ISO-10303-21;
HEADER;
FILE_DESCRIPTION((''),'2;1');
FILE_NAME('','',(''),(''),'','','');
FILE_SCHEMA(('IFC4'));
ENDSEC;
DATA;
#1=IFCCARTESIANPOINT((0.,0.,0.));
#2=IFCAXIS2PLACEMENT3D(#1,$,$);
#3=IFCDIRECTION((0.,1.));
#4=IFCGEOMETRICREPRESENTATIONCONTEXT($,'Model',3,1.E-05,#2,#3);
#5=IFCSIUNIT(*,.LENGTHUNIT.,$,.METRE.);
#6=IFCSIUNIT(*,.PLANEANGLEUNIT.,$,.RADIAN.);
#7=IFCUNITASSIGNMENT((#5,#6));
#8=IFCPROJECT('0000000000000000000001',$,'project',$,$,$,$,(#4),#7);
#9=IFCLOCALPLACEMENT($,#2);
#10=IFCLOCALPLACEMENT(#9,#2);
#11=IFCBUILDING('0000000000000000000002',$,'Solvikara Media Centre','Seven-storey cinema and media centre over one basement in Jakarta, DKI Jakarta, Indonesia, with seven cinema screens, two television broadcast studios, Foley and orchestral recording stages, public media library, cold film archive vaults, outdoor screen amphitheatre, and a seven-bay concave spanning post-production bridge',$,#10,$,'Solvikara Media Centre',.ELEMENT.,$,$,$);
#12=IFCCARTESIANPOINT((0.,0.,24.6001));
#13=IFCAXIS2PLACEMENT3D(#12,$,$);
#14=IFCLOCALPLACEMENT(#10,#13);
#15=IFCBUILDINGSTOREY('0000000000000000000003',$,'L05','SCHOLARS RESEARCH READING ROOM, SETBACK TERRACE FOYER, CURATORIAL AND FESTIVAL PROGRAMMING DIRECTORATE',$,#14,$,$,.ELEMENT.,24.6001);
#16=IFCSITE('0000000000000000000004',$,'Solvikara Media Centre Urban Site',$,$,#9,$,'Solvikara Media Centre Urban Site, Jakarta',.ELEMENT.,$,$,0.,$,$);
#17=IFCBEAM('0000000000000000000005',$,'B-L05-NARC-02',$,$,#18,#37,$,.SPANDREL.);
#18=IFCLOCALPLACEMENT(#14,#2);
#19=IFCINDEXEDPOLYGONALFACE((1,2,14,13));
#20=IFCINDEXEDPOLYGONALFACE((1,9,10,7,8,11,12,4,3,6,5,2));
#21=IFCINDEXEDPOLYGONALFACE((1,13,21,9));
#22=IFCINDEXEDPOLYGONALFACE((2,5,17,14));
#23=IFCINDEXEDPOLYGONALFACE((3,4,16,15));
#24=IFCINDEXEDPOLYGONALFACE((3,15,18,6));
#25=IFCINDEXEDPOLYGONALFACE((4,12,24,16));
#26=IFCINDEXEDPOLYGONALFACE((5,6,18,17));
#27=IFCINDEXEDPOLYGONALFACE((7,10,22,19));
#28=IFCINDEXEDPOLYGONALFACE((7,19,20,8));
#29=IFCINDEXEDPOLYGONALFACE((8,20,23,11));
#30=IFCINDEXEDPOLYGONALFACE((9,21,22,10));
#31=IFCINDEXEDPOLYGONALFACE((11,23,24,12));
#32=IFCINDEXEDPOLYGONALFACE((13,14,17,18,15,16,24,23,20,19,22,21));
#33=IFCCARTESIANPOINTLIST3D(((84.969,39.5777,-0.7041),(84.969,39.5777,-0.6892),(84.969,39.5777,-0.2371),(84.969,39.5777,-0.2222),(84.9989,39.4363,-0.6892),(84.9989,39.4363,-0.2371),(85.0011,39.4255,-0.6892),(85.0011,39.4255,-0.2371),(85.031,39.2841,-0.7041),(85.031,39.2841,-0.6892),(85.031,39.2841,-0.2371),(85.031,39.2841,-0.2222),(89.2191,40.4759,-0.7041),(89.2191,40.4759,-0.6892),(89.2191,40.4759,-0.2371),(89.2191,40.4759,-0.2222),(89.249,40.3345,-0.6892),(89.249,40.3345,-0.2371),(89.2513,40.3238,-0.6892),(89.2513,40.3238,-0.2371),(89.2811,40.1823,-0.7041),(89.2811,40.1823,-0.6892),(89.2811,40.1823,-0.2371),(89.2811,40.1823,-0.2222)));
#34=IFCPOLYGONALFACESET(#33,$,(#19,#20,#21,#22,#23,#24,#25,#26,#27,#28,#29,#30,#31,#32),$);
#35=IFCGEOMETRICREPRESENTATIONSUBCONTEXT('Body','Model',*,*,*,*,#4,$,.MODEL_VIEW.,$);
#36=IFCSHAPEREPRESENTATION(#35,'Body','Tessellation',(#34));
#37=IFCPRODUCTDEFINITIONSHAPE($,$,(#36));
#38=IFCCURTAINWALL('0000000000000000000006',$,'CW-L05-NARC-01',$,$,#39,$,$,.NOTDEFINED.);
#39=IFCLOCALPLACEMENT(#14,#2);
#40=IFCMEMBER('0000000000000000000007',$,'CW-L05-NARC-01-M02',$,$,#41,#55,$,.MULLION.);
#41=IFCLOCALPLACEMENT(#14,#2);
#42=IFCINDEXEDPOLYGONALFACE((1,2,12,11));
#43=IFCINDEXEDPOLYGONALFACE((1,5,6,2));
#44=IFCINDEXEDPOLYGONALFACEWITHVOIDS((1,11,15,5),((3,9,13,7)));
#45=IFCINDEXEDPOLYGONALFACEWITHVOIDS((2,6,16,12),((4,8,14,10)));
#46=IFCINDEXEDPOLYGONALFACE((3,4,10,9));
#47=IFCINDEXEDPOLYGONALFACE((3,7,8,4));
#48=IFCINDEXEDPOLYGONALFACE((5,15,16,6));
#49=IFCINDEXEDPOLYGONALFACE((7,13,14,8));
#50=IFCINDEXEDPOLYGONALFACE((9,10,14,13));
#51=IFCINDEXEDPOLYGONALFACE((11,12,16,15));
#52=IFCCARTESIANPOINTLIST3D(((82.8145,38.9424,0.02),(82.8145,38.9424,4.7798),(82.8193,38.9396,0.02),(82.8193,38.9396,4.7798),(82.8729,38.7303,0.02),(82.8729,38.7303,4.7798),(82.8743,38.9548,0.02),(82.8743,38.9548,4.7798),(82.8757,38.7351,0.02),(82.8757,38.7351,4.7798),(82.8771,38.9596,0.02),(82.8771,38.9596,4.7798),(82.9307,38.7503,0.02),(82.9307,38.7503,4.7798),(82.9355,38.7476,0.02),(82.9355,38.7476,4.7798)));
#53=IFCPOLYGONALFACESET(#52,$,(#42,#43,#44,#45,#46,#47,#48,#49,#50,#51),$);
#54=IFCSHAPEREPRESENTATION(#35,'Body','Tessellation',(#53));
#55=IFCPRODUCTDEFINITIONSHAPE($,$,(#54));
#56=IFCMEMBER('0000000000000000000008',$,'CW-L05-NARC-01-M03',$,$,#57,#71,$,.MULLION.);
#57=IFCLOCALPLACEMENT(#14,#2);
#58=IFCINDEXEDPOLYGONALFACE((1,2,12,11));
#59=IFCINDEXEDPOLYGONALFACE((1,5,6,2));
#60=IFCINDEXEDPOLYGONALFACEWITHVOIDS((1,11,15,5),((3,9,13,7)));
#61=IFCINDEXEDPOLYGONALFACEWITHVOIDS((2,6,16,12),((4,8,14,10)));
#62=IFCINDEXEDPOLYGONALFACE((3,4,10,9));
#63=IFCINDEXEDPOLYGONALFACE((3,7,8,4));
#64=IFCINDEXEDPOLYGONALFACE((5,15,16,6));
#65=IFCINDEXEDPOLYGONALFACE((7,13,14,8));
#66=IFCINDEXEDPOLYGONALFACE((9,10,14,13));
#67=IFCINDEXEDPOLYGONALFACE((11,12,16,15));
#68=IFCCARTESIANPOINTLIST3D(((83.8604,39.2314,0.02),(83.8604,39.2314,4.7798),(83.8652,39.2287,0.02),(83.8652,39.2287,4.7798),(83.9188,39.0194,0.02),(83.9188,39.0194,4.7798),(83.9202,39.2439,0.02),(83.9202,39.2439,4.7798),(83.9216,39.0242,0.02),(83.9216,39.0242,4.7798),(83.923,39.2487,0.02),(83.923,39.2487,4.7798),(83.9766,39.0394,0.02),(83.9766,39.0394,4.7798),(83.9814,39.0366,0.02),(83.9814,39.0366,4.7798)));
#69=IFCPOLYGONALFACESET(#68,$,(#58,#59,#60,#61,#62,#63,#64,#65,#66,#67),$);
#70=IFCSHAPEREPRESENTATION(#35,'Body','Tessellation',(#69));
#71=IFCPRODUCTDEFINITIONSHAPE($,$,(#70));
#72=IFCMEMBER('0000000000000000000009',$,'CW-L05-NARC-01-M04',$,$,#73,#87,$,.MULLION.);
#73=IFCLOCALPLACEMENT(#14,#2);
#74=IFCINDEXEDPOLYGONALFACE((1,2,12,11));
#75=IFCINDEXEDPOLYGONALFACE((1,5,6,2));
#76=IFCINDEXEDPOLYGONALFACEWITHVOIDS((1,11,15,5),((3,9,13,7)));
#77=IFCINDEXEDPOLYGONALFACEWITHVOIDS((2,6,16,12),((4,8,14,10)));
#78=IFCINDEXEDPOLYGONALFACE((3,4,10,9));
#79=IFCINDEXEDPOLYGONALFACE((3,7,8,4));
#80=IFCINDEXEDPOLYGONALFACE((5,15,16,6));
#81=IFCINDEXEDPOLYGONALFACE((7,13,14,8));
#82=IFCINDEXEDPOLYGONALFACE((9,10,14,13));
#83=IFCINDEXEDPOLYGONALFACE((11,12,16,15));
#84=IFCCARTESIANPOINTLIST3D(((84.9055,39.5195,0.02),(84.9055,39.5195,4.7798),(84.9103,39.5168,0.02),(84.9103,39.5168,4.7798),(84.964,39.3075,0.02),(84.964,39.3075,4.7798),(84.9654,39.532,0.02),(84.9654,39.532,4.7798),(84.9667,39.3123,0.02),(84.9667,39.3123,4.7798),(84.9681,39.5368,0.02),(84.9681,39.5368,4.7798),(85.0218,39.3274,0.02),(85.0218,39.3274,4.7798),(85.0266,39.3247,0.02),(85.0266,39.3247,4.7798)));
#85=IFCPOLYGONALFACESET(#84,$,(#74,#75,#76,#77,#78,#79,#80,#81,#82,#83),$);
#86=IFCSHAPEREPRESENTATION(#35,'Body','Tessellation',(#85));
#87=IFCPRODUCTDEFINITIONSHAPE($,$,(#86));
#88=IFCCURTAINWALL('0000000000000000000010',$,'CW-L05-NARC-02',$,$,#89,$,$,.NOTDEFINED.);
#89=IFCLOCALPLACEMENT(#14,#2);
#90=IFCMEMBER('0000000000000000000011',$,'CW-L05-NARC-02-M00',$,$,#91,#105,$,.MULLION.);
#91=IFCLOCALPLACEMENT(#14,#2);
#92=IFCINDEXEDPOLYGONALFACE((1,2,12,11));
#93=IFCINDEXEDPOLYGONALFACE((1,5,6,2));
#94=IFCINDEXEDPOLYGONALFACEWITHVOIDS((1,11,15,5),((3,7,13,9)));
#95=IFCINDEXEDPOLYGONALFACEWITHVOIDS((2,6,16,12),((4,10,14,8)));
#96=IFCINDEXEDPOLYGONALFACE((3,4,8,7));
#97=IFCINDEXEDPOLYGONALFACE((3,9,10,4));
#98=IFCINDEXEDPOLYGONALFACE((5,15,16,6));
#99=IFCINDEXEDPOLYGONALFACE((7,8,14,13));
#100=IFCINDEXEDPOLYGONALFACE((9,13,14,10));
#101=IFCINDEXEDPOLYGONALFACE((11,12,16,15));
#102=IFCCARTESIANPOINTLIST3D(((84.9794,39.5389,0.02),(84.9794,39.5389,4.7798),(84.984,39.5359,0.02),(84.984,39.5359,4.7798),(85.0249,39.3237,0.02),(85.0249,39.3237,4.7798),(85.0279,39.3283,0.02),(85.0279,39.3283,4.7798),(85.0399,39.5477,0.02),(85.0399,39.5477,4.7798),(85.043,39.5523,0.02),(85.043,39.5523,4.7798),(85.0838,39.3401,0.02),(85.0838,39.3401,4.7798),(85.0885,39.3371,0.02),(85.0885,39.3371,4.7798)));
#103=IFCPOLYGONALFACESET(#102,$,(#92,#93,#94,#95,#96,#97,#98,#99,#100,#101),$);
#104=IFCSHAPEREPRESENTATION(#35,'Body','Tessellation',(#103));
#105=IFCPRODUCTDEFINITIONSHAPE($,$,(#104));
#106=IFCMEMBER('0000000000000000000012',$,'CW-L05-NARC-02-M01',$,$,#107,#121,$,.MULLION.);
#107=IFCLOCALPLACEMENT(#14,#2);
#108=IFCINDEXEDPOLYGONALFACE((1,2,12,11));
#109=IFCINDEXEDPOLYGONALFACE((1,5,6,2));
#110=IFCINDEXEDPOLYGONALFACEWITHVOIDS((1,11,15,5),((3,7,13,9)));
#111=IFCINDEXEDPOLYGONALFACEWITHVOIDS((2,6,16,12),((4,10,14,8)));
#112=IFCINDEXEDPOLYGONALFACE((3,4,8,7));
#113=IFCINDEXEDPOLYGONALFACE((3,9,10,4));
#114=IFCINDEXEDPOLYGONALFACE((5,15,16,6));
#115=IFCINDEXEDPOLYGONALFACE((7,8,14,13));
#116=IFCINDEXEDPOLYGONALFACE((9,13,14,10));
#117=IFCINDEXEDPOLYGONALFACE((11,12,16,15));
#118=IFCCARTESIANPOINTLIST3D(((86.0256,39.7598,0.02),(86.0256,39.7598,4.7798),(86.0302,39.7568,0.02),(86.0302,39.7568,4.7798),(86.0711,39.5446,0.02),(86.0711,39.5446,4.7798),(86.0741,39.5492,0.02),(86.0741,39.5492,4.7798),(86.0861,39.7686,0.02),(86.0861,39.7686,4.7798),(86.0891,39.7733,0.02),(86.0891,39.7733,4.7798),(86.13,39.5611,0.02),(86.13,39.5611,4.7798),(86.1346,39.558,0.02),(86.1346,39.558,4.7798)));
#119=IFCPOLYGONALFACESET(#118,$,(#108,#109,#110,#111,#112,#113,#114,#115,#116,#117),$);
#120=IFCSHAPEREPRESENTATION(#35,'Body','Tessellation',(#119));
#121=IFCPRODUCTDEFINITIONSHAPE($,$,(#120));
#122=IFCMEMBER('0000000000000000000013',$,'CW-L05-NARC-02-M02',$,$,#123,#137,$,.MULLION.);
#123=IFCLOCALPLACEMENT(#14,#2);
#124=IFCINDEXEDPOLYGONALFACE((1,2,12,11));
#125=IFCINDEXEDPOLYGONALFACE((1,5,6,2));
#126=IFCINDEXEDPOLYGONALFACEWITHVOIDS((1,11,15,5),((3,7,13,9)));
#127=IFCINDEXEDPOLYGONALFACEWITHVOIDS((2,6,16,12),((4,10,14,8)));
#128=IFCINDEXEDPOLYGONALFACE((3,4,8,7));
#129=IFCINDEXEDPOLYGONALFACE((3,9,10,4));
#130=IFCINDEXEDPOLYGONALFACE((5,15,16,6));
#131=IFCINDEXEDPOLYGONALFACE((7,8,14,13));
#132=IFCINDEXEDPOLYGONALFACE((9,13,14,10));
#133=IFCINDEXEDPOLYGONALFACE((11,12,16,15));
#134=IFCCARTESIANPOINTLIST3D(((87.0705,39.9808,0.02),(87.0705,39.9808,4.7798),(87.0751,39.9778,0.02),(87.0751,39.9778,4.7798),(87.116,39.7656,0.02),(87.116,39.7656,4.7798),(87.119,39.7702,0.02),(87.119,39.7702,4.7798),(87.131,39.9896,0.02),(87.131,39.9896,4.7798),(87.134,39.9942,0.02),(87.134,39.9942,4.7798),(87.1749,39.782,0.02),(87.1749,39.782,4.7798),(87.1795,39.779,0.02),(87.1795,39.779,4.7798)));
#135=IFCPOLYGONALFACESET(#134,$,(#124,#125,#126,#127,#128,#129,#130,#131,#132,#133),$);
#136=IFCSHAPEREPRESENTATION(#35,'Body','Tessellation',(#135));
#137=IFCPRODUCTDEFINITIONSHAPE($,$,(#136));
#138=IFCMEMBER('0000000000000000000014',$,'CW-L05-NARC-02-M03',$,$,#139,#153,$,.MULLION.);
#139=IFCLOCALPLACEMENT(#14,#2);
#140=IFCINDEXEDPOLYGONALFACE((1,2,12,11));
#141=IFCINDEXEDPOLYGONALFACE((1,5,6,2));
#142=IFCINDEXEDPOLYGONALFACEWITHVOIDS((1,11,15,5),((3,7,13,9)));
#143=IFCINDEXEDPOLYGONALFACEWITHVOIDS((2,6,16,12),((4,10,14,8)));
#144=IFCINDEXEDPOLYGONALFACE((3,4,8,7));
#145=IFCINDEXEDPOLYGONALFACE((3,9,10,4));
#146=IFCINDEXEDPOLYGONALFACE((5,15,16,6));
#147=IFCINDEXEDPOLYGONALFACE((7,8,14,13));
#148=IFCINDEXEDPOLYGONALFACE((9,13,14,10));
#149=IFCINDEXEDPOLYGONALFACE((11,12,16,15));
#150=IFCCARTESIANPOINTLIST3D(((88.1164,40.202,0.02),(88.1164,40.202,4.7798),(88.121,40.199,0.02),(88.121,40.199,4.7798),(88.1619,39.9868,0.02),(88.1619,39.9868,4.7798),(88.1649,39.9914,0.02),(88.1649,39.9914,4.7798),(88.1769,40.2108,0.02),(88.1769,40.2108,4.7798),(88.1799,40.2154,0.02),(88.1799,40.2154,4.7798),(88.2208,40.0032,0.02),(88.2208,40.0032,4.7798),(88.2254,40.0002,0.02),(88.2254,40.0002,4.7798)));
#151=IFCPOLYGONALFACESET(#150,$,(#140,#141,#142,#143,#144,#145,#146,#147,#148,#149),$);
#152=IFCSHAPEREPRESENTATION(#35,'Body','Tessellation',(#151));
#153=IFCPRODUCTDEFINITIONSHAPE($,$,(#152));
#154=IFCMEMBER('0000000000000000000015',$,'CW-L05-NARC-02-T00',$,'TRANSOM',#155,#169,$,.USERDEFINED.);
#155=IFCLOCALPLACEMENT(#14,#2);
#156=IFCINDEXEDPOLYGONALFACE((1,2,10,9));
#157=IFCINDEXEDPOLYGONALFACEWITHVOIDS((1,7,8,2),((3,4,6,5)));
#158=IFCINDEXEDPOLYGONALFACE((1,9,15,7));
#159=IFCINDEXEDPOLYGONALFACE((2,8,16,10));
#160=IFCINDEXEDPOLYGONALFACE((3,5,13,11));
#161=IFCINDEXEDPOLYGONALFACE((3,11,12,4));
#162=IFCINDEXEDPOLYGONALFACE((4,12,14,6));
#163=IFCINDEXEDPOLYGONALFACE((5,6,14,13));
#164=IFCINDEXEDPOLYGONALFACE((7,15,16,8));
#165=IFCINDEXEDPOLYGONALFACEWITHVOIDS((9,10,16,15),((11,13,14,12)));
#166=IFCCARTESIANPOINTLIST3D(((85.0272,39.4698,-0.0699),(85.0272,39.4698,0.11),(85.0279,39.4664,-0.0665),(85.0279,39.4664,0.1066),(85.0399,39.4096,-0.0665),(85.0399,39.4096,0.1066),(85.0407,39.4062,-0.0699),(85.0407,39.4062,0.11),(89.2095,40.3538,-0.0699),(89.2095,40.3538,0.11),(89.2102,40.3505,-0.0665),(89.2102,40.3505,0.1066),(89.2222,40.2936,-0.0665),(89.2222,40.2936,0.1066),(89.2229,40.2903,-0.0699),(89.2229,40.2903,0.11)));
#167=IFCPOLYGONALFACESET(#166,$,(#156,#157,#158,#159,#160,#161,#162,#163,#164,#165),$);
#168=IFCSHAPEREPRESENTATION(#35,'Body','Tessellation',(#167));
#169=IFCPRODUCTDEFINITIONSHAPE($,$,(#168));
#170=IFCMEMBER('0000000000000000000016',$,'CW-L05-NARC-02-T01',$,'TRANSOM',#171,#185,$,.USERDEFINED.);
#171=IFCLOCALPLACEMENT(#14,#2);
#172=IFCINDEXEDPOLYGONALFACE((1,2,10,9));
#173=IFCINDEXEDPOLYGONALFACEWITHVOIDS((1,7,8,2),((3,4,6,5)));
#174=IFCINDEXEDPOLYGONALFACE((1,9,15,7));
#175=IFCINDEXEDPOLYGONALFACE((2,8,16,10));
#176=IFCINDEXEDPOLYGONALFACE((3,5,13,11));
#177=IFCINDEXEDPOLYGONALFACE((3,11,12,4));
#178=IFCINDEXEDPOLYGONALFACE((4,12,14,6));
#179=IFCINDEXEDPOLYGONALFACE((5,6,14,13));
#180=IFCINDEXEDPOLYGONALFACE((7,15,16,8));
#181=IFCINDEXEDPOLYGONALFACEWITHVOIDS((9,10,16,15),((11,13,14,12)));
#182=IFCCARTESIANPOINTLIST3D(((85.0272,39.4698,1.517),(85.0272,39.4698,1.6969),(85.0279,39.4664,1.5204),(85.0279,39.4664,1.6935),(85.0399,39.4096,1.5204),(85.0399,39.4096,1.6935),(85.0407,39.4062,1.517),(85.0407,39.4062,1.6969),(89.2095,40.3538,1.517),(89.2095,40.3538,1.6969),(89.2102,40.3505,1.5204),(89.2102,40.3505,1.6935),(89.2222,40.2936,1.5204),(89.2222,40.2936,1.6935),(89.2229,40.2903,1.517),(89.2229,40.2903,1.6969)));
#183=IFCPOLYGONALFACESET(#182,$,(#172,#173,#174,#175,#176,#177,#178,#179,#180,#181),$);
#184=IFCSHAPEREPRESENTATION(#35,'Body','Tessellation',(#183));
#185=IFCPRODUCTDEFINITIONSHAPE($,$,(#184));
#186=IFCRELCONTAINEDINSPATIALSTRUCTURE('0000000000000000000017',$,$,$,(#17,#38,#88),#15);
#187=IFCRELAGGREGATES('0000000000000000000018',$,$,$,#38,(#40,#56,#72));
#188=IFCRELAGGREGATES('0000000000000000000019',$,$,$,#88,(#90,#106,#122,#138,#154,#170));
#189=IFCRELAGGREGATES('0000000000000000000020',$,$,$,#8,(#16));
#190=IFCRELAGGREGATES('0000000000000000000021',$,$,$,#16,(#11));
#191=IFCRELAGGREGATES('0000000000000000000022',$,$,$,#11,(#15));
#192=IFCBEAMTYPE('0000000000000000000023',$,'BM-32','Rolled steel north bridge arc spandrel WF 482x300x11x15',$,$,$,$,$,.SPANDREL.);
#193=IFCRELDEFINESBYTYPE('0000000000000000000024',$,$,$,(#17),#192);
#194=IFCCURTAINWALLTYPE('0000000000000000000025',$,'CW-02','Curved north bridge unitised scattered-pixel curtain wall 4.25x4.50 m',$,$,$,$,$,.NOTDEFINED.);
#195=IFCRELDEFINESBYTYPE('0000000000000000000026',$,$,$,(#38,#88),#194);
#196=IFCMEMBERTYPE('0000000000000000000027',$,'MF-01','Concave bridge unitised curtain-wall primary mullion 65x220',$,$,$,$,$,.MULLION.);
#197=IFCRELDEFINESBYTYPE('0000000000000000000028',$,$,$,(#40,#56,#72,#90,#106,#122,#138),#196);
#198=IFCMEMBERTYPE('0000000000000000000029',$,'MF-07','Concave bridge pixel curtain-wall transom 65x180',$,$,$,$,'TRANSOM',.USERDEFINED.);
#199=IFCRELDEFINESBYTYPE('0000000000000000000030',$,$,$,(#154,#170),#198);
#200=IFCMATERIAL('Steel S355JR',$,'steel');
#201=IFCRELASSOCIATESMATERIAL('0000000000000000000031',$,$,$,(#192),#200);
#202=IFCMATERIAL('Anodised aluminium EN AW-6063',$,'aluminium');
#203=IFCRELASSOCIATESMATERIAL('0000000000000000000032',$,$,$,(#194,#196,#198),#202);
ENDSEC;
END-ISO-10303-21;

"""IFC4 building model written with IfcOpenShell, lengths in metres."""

from ifc_helpers import new_model, si_unit, direction, frame, origin, origin_2d, place, context, subcontext, project, spatial, hollow_rectangle, i_section, extrude, material, material_profile, profile_set, type_object, element, aggregate, save


model = new_model("IFC4")

# Units and contexts
model_context = context("Model", 3, precision=1e-05, world=origin(), true_north=direction((0.0, 1.0)))
body_context = subcontext(model_context, "Body", "Model", "MODEL_VIEW")
ifc_project = project(units=[si_unit("LENGTHUNIT", "METRE"), si_unit("PLANEANGLEUNIT", "RADIAN")], contexts=[model_context])

# Site, building, storey
site_placement = place(None, origin())
site = spatial("IfcSite", under=ifc_project, at=site_placement, Name="Solvikara Media Centre Urban Site", LongName="Solvikara Media Centre Urban Site, Jakarta", CompositionType="ELEMENT", RefElevation=0.0)
building_placement = place(site_placement, origin())
building = spatial("IfcBuilding", under=site, at=building_placement, Name="Solvikara Media Centre", Description="Seven-storey cinema and media centre over one basement in Jakarta, DKI Jakarta, Indonesia, with seven cinema screens, two television broadcast studios, Foley and orchestral recording stages, public media library, cold film archive vaults, outdoor screen amphitheatre, and a seven-bay concave spanning post-production bridge", LongName="Solvikara Media Centre", CompositionType="ELEMENT")
storey_placement = place(building_placement, frame((0.0, 0.0, 24.6001)))
storey = spatial("IfcBuildingStorey", under=building, at=storey_placement, Name="L05", Description="SCHOLARS RESEARCH READING ROOM, SETBACK TERRACE FOYER, CURATORIAL AND FESTIVAL PROGRAMMING DIRECTORATE", CompositionType="ELEMENT", Elevation=24.6001)

# Beam
ifc_material_1 = material(Name="Steel S355JR", Category="steel")
ifc_material_profile_1 = material_profile(ifc_material_1, i_section(OverallWidth=0.3, OverallDepth=0.4819, WebThickness=0.011, FlangeThickness=0.0149, at=origin_2d()), Name="WF 482x300x11x15")
ifc_profile_set_1 = profile_set([ifc_material_profile_1], Name="Steel S355JR")
beam_type = type_object("IfcBeamType", Name="BM-32", Description="Rolled steel north bridge arc spandrel WF 482x300x11x15", PredefinedType="SPANDREL", material=ifc_profile_set_1)
beam_placement = place(storey_placement, frame((85.0, 39.4309, -0.4631), z_axis=(0.978389, 0.206772, 0.0), x_axis=(-0.206772, 0.978389, 0.0)))
element("IfcBeam", 1, at=beam_placement, inside=storey, type_object=beam_type, Name="B-L05-NARC-02", PredefinedType="SPANDREL", context=body_context, shape_type="SweptSolid", body=[
    extrude(i_section(OverallWidth=0.3, OverallDepth=0.4819, WebThickness=0.011, FlangeThickness=0.0149, at=origin_2d()), origin(), (0.0, 0.0, 1.0), 4.344),
])

# Curtain walls, members
ifc_material_2 = material(Name="Anodised aluminium EN AW-6063", Category="aluminium")
curtain_wall_type = type_object("IfcCurtainWallType", Name="CW-02", Description="Curved north bridge unitised scattered-pixel curtain wall 4.25x4.50 m", PredefinedType="NOTDEFINED", material=ifc_material_2)
curtain_wall_1_placement = place(storey_placement, origin())
curtain_wall_1 = element("IfcCurtainWall", 2, at=curtain_wall_1_placement, inside=storey, type_object=curtain_wall_type, Name="CW-L05-NARC-01", PredefinedType="NOTDEFINED")
ifc_material_profile_2 = material_profile(ifc_material_2, hollow_rectangle(XDim=0.0649, YDim=0.22, WallThickness=0.0039, at=origin_2d()), Name="ALU-M 65x220x4")
ifc_profile_set_2 = profile_set([ifc_material_profile_2], Name="Anodised aluminium EN AW-6063")
member_type_1 = type_object("IfcMemberType", Name="MF-01", Description="Concave bridge unitised curtain-wall primary mullion 65x220", PredefinedType="MULLION", material=ifc_profile_set_2)
member_1_placement = place(storey_placement, frame((82.875, 38.845, 0.02), z_axis=(0.0, 0.0, 1.0), x_axis=(0.96403, 0.265792, 0.0)))
member_1 = element("IfcMember", 3, at=member_1_placement, type_object=member_type_1, Name="CW-L05-NARC-01-M02", PredefinedType="MULLION", context=body_context, shape_type="SweptSolid", body=[
    extrude(hollow_rectangle(XDim=0.0649, YDim=0.22, WallThickness=0.0039, at=origin_2d()), origin(), (0.0, 0.0, 1.0), 4.7598),
])
member_2_placement = place(storey_placement, frame((83.9209, 39.134, 0.02), z_axis=(0.0, 0.0, 1.0), x_axis=(0.96403, 0.265792, 0.0)))
member_2 = element("IfcMember", 4, at=member_2_placement, type_object=member_type_1, Name="CW-L05-NARC-01-M03", PredefinedType="MULLION", context=body_context, shape_type="SweptSolid", body=[
    extrude(hollow_rectangle(XDim=0.0649, YDim=0.22, WallThickness=0.0039, at=origin_2d()), origin(), (0.0, 0.0, 1.0), 4.7598),
])
member_3_placement = place(storey_placement, frame((84.9661, 39.4221, 0.02), z_axis=(0.0, 0.0, 1.0), x_axis=(0.96403, 0.265792, 0.0)))
member_3 = element("IfcMember", 5, at=member_3_placement, type_object=member_type_1, Name="CW-L05-NARC-01-M04", PredefinedType="MULLION", context=body_context, shape_type="SweptSolid", body=[
    extrude(hollow_rectangle(XDim=0.0649, YDim=0.22, WallThickness=0.0039, at=origin_2d()), origin(), (0.0, 0.0, 1.0), 4.7598),
])
curtain_wall_2_placement = place(storey_placement, origin())
curtain_wall_2 = element("IfcCurtainWall", 6, at=curtain_wall_2_placement, inside=storey, type_object=curtain_wall_type, Name="CW-L05-NARC-02", PredefinedType="NOTDEFINED")
member_4_placement = place(storey_placement, frame((85.0339, 39.438, 0.02), z_axis=(0.0, 0.0, 1.0), x_axis=(0.978379, 0.206819, 0.0)))
member_4 = element("IfcMember", 7, at=member_4_placement, type_object=member_type_1, Name="CW-L05-NARC-02-M00", PredefinedType="MULLION", context=body_context, shape_type="SweptSolid", body=[
    extrude(hollow_rectangle(XDim=0.0649, YDim=0.22, WallThickness=0.0039, at=origin_2d()), origin(), (0.0, 0.0, 1.0), 4.7598),
])
member_5_placement = place(storey_placement, frame((86.0801, 39.6589, 0.02), z_axis=(0.0, 0.0, 1.0), x_axis=(0.978379, 0.206819, 0.0)))
member_5 = element("IfcMember", 8, at=member_5_placement, type_object=member_type_1, Name="CW-L05-NARC-02-M01", PredefinedType="MULLION", context=body_context, shape_type="SweptSolid", body=[
    extrude(hollow_rectangle(XDim=0.0649, YDim=0.22, WallThickness=0.0039, at=origin_2d()), origin(), (0.0, 0.0, 1.0), 4.7598),
])
member_6_placement = place(storey_placement, frame((87.125, 39.8799, 0.02), z_axis=(0.0, 0.0, 1.0), x_axis=(0.978379, 0.206819, 0.0)))
member_6 = element("IfcMember", 9, at=member_6_placement, type_object=member_type_1, Name="CW-L05-NARC-02-M02", PredefinedType="MULLION", context=body_context, shape_type="SweptSolid", body=[
    extrude(hollow_rectangle(XDim=0.0649, YDim=0.22, WallThickness=0.0039, at=origin_2d()), origin(), (0.0, 0.0, 1.0), 4.7598),
])
member_7_placement = place(storey_placement, frame((88.1709, 40.1011, 0.02), z_axis=(0.0, 0.0, 1.0), x_axis=(0.978379, 0.206819, 0.0)))
member_7 = element("IfcMember", 10, at=member_7_placement, type_object=member_type_1, Name="CW-L05-NARC-02-M03", PredefinedType="MULLION", context=body_context, shape_type="SweptSolid", body=[
    extrude(hollow_rectangle(XDim=0.0649, YDim=0.22, WallThickness=0.0039, at=origin_2d()), origin(), (0.0, 0.0, 1.0), 4.7598),
])
ifc_material_profile_3 = material_profile(ifc_material_2, hollow_rectangle(XDim=0.0649, YDim=0.1799, WallThickness=0.0034, at=origin_2d()), Name="ALU-T 65x180x3.5")
ifc_profile_set_3 = profile_set([ifc_material_profile_3], Name="Anodised aluminium EN AW-6063")
member_type_2 = type_object("IfcMemberType", Name="MF-07", Description="Concave bridge pixel curtain-wall transom 65x180", ElementType="TRANSOM", PredefinedType="USERDEFINED", material=ifc_profile_set_3)
member_8_placement = place(storey_placement, frame((85.0339, 39.438, 0.02), z_axis=(0.97838, 0.206814, 0.0), x_axis=(-0.206814, 0.97838, 0.0)))
member_8 = element("IfcMember", 11, at=member_8_placement, type_object=member_type_2, Name="CW-L05-NARC-02-T00", ObjectType="TRANSOM", PredefinedType="USERDEFINED", context=body_context, shape_type="SweptSolid", body=[
    extrude(hollow_rectangle(XDim=0.0649, YDim=0.1799, WallThickness=0.0034, at=origin_2d()), origin(), (0.0, 0.0, 1.0), 4.2747),
])
member_9_placement = place(storey_placement, frame((85.0339, 39.438, 1.6069), z_axis=(0.97838, 0.206814, 0.0), x_axis=(-0.206814, 0.97838, 0.0)))
member_9 = element("IfcMember", 12, at=member_9_placement, type_object=member_type_2, Name="CW-L05-NARC-02-T01", ObjectType="TRANSOM", PredefinedType="USERDEFINED", context=body_context, shape_type="SweptSolid", body=[
    extrude(hollow_rectangle(XDim=0.0649, YDim=0.1799, WallThickness=0.0034, at=origin_2d()), origin(), (0.0, 0.0, 1.0), 4.2747),
])

aggregate(curtain_wall_1, [member_1, member_2, member_3])
aggregate(curtain_wall_2, [member_4, member_5, member_6, member_7, member_8, member_9])

save(model, "model.ifc")
